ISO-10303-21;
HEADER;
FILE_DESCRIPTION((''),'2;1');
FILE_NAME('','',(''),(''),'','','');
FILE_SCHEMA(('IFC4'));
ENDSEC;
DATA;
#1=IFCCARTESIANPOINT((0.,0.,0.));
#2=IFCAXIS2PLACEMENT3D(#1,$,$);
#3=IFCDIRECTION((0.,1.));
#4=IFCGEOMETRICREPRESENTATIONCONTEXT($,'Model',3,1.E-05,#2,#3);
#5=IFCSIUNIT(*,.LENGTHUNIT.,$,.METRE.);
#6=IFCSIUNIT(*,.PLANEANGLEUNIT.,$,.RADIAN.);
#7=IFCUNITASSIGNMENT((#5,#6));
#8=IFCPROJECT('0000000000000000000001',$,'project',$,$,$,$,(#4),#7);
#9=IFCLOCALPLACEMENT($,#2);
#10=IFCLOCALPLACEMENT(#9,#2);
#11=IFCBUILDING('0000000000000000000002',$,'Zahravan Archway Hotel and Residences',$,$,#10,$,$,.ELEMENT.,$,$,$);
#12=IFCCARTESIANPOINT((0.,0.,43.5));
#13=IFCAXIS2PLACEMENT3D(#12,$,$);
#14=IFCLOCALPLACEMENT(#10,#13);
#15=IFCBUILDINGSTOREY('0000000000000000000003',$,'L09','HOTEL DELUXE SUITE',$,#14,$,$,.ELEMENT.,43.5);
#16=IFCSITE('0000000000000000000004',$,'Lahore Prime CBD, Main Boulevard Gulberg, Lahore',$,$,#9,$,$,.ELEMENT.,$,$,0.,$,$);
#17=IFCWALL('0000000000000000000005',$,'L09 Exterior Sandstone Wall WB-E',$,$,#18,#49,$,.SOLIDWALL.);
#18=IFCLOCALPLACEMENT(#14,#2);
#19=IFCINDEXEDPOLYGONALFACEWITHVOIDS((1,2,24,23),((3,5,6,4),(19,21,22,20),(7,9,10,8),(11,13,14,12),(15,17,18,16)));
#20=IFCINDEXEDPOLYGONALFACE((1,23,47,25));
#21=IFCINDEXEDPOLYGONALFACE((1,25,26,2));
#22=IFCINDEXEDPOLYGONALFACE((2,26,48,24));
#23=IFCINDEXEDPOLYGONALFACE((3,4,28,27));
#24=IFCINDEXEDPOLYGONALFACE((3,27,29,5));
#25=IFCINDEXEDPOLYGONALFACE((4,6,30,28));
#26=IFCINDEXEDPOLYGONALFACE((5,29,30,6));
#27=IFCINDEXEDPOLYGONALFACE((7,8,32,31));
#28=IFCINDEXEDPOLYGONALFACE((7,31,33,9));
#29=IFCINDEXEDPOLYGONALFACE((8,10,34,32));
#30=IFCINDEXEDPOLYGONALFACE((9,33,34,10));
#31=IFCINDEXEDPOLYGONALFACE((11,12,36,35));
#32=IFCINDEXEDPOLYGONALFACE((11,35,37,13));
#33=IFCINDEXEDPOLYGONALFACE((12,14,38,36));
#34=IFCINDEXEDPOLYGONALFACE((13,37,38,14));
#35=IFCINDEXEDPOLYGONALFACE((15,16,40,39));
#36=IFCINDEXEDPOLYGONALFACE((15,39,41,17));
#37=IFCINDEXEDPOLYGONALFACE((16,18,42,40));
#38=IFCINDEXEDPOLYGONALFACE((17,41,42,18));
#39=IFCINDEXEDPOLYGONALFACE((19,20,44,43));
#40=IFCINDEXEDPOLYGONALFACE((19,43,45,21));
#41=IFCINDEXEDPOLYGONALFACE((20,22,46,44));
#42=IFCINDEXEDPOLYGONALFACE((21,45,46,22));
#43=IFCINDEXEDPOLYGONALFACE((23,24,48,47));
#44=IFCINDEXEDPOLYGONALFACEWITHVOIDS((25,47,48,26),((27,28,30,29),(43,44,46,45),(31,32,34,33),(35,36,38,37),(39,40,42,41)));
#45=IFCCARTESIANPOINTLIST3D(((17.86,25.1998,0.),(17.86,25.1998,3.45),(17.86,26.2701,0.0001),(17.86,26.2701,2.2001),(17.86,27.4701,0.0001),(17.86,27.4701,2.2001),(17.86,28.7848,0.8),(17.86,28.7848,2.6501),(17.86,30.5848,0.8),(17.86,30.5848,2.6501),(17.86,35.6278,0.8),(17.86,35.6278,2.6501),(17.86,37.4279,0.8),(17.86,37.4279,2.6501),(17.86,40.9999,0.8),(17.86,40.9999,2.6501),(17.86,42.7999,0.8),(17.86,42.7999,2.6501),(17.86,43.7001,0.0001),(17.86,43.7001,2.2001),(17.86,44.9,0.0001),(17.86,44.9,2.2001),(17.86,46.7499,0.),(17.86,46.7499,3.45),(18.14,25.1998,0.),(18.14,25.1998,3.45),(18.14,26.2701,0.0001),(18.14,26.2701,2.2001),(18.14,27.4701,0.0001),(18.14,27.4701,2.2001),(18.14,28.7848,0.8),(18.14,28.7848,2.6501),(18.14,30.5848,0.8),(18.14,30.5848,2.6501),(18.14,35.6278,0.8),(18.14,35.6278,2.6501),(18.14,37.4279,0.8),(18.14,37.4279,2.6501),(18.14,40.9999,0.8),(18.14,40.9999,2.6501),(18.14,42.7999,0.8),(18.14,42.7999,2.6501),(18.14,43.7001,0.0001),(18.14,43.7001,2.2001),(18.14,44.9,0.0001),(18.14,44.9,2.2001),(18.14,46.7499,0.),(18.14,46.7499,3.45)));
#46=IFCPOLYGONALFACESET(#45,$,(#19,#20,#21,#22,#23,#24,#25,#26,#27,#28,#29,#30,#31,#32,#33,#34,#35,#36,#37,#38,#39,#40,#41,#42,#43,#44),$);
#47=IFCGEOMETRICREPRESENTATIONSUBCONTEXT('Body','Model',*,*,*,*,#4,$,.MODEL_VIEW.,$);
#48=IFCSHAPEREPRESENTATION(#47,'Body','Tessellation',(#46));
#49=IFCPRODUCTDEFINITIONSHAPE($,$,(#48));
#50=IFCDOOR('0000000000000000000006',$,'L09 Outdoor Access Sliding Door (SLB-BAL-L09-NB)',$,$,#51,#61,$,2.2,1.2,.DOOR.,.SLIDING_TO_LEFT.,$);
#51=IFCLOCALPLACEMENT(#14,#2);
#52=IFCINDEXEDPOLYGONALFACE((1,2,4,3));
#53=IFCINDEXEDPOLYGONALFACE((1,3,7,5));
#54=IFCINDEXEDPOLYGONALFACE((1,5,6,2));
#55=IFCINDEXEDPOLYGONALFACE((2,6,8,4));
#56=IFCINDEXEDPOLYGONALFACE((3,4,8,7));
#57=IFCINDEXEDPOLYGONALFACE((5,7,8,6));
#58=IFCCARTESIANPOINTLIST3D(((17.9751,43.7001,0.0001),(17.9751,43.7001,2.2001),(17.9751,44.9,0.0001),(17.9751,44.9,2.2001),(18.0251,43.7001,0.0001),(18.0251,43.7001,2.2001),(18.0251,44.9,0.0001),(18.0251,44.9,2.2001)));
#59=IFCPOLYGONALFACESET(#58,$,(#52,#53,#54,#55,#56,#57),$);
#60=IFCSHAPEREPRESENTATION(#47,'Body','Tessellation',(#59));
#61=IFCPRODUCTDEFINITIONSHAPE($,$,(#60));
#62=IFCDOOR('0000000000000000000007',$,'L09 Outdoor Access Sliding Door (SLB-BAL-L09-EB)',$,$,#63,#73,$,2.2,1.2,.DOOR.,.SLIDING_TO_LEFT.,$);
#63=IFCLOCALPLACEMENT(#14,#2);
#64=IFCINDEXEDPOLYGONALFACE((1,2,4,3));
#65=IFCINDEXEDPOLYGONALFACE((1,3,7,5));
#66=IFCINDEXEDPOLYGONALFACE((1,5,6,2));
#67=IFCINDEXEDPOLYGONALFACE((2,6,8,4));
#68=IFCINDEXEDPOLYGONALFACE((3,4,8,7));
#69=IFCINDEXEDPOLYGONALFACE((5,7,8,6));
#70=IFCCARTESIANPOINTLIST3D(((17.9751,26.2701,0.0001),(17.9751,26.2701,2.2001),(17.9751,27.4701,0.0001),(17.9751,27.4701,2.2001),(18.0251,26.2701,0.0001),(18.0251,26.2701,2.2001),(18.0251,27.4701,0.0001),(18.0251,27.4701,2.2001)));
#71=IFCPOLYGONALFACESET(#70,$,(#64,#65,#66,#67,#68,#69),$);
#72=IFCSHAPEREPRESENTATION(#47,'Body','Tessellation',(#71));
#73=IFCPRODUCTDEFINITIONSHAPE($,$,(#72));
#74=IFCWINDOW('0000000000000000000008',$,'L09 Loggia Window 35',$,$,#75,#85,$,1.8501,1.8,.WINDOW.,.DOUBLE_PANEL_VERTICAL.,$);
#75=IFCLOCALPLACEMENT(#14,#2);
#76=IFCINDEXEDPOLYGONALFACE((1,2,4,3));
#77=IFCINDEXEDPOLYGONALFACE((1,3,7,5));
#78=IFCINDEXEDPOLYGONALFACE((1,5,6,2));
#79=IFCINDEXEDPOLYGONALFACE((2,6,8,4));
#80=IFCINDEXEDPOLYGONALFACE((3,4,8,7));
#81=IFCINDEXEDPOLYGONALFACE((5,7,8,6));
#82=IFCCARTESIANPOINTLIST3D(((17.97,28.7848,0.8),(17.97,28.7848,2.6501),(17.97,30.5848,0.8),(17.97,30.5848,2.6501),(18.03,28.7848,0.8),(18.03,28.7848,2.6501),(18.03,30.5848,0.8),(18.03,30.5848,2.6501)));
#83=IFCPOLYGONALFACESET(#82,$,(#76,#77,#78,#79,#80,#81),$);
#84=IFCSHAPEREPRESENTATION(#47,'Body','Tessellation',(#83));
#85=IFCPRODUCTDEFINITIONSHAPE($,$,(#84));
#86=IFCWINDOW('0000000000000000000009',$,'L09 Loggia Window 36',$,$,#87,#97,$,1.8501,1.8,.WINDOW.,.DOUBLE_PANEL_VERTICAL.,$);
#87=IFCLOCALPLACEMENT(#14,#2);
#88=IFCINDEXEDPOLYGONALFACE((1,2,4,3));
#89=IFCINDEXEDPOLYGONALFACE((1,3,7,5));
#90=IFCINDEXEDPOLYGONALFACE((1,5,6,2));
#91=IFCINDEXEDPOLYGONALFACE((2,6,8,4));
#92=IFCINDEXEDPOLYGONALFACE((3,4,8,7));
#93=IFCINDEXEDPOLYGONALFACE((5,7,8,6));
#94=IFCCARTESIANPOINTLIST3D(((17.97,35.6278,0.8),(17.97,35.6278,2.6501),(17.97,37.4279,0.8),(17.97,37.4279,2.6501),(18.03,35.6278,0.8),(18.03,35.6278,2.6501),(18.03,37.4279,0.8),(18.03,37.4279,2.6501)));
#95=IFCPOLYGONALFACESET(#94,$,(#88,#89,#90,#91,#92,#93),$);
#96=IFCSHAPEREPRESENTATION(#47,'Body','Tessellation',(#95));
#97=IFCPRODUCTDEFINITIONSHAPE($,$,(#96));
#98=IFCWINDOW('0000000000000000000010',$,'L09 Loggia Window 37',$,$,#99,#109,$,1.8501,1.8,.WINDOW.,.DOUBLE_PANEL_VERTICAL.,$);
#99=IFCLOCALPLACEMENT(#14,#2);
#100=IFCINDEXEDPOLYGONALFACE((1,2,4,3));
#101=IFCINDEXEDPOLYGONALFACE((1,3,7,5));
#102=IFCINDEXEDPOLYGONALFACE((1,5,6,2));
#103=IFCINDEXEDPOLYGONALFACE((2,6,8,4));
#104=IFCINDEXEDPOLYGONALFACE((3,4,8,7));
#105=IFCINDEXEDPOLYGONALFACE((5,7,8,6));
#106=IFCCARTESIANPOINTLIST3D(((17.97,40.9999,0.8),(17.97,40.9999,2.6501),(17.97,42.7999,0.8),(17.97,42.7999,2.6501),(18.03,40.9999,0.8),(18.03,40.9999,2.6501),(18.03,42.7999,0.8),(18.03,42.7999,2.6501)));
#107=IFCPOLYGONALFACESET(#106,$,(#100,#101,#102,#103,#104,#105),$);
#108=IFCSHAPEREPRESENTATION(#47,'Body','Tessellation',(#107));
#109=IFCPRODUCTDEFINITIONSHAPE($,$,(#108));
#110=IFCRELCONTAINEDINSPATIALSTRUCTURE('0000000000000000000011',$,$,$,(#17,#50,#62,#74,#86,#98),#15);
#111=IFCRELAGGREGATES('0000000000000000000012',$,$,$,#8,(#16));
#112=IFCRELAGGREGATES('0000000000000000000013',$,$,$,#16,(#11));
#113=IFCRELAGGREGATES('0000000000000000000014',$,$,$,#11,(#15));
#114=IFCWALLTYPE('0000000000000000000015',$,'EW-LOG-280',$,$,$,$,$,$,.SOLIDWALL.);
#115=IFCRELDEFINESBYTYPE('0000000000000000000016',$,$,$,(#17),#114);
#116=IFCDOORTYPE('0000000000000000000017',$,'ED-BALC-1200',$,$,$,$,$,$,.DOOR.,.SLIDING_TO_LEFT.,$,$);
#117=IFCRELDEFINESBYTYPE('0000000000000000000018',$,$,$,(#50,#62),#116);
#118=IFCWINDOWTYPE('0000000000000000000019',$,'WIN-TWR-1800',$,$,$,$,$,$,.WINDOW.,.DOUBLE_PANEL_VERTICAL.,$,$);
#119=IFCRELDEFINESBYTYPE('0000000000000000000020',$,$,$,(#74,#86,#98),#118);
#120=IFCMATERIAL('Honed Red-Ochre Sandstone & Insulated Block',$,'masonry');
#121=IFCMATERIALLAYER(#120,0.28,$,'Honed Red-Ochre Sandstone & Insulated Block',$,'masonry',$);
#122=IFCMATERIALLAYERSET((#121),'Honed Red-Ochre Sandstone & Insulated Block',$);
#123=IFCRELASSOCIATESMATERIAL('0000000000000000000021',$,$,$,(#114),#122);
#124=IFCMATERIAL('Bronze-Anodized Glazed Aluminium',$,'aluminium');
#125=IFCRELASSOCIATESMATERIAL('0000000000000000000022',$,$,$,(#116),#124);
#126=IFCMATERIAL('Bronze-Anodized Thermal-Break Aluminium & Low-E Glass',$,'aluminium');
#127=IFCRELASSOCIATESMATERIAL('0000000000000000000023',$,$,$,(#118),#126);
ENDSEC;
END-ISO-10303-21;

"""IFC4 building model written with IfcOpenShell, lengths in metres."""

from ifc_helpers import new_model, si_unit, direction, frame, frame_2d, origin, place, context, subcontext, project, spatial, rectangle, extrude, source, transform, mapped, material, layer, layer_set, type_object, type_shapes, element, fill, save


model = new_model("IFC4")

# Units and contexts
model_context = context("Model", 3, precision=1e-05, world=origin(), true_north=direction((0.0, 1.0)))
body_context = subcontext(model_context, "Body", "Model", "MODEL_VIEW")
ifc_project = project(units=[si_unit("LENGTHUNIT", "METRE"), si_unit("PLANEANGLEUNIT", "RADIAN")], contexts=[model_context])

# Site, building, storey
site_placement = place(None, origin())
site = spatial("IfcSite", under=ifc_project, at=site_placement, Name="Lahore Prime CBD, Main Boulevard Gulberg, Lahore", CompositionType="ELEMENT", RefElevation=0.0)
building_placement = place(site_placement, origin())
building = spatial("IfcBuilding", under=site, at=building_placement, Name="Zahravan Archway Hotel and Residences", CompositionType="ELEMENT")
storey_placement = place(building_placement, frame((0.0, 0.0, 43.5)))
storey = spatial("IfcBuildingStorey", under=building, at=storey_placement, Name="L09", Description="HOTEL DELUXE SUITE", CompositionType="ELEMENT", Elevation=43.5)

# Wall, openings, doors, windows
ifc_material_1 = material(Name="Honed Red-Ochre Sandstone & Insulated Block", Category="masonry")
ifc_layer_1 = layer(ifc_material_1, 0.28, Name="Honed Red-Ochre Sandstone & Insulated Block", Category="masonry")
ifc_layer_set_1 = layer_set([ifc_layer_1], Name="Honed Red-Ochre Sandstone & Insulated Block")
wall_type_1 = type_object("IfcWallType", Name="EW-LOG-280", PredefinedType="SOLIDWALL", material=ifc_layer_set_1)
wall_1_placement = place(storey_placement, frame((18.0, 25.2, 0.0), z_axis=(0.0, 0.0, 1.0), x_axis=(0.0, 1.0, 0.0)))
wall_1 = element("IfcWall", 1, at=wall_1_placement, inside=storey, type_object=wall_type_1, Name="L09 Exterior Sandstone Wall WB-E", PredefinedType="SOLIDWALL", context=body_context, shape_type="SweptSolid", body=[
    extrude(rectangle(XDim=21.55, YDim=0.28, at=frame_2d((10.7749, 0.0))), origin(), (0.0, 0.0, 1.0), 3.45),
])
opening_1_placement = place(wall_1_placement, frame((18.5, 0.0, 0.0)))
opening_1 = element("IfcOpeningElement", 2, at=opening_1_placement, cuts=wall_1, PredefinedType="OPENING", context=body_context, shape_type="SweptSolid", body=[
    extrude(rectangle(XDim=1.2, YDim=2.2, at=frame_2d((0.6001, 1.1001))), frame((0.0, 0.1499, 0.0), z_axis=(0.0, -1.0, 0.0), x_axis=(1.0, 0.0, 0.0)), (0.0, 0.0, 1.0), 0.3),
])
opening_2_placement = place(wall_1_placement, frame((1.0701, 0.0, 0.0)))
opening_2 = element("IfcOpeningElement", 3, at=opening_2_placement, cuts=wall_1, PredefinedType="OPENING", context=body_context, shape_type="SweptSolid", body=[
    extrude(rectangle(XDim=1.2, YDim=2.2, at=frame_2d((0.6001, 1.1001))), frame((0.0, 0.1499, 0.0), z_axis=(0.0, -1.0, 0.0), x_axis=(1.0, 0.0, 0.0)), (0.0, 0.0, 1.0), 0.3),
])
opening_3_placement = place(wall_1_placement, frame((3.585, 0.0, 0.8)))
opening_3 = element("IfcOpeningElement", 4, at=opening_3_placement, cuts=wall_1, PredefinedType="OPENING", context=body_context, shape_type="SweptSolid", body=[
    extrude(rectangle(XDim=1.8, YDim=1.8501, at=frame_2d((0.8999, 0.925))), frame((0.0, 0.1499, 0.0), z_axis=(0.0, -1.0, 0.0), x_axis=(1.0, 0.0, 0.0)), (0.0, 0.0, 1.0), 0.3),
])
opening_4_placement = place(wall_1_placement, frame((10.428, 0.0, 0.8)))
opening_4 = element("IfcOpeningElement", 5, at=opening_4_placement, cuts=wall_1, PredefinedType="OPENING", context=body_context, shape_type="SweptSolid", body=[
    extrude(rectangle(XDim=1.8, YDim=1.8501, at=frame_2d((0.8999, 0.925))), frame((0.0, 0.1499, 0.0), z_axis=(0.0, -1.0, 0.0), x_axis=(1.0, 0.0, 0.0)), (0.0, 0.0, 1.0), 0.3),
])
opening_5_placement = place(wall_1_placement, frame((15.8, 0.0, 0.8)))
opening_5 = element("IfcOpeningElement", 6, at=opening_5_placement, cuts=wall_1, PredefinedType="OPENING", context=body_context, shape_type="SweptSolid", body=[
    extrude(rectangle(XDim=1.8, YDim=1.8501, at=frame_2d((0.8999, 0.925))), frame((0.0, 0.1499, 0.0), z_axis=(0.0, -1.0, 0.0), x_axis=(1.0, 0.0, 0.0)), (0.0, 0.0, 1.0), 0.3),
])
ifc_material_2 = material(Name="Bronze-Anodized Glazed Aluminium", Category="aluminium")
door_type_1 = type_object("IfcDoorType", Name="ED-BALC-1200", OperationType="SLIDING_TO_LEFT", PredefinedType="DOOR", material=ifc_material_2)
shared_shape_1 = source(origin(), body_context, "Body", "SweptSolid", [
    extrude(rectangle(XDim=1.2, YDim=2.2, at=frame_2d((0.6001, 1.1001))), frame((0.0, 0.0249, 0.0), z_axis=(0.0, -1.0, 0.0), x_axis=(1.0, 0.0, 0.0)), (0.0, 0.0, 1.0), 0.05),
])
type_shapes(door_type_1, [shared_shape_1])
door_1_placement = place(opening_1_placement, origin())
door_1 = element("IfcDoor", 7, at=door_1_placement, inside=storey, type_object=door_type_1, Name="L09 Outdoor Access Sliding Door (SLB-BAL-L09-NB)", OperationType="SLIDING_TO_LEFT", OverallHeight=2.2, OverallWidth=1.2, PredefinedType="DOOR", context=body_context, shape_type="MappedRepresentation", body=[
    mapped(shared_shape_1, transform((0.0, 0.0, 0.0), scale=1.0)),
])
fill(opening_1, door_1)
door_2_placement = place(opening_2_placement, origin())
door_2 = element("IfcDoor", 8, at=door_2_placement, inside=storey, type_object=door_type_1, Name="L09 Outdoor Access Sliding Door (SLB-BAL-L09-EB)", OperationType="SLIDING_TO_LEFT", OverallHeight=2.2, OverallWidth=1.2, PredefinedType="DOOR", context=body_context, shape_type="MappedRepresentation", body=[
    mapped(shared_shape_1, transform((0.0, 0.0, 0.0), scale=1.0)),
])
fill(opening_2, door_2)
ifc_material_3 = material(Name="Bronze-Anodized Thermal-Break Aluminium & Low-E Glass", Category="aluminium")
window_type = type_object("IfcWindowType", Name="WIN-TWR-1800", PartitioningType="DOUBLE_PANEL_VERTICAL", PredefinedType="WINDOW", material=ifc_material_3)
shared_shape_2 = source(origin(), body_context, "Body", "SweptSolid", [
    extrude(rectangle(XDim=1.8, YDim=1.8501, at=frame_2d((0.8999, 0.925))), frame((0.0, 0.03, 0.0), z_axis=(0.0, -1.0, 0.0), x_axis=(1.0, 0.0, 0.0)), (0.0, 0.0, 1.0), 0.0601),
])
type_shapes(window_type, [shared_shape_2])
window_1_placement = place(opening_3_placement, origin())
window_1 = element("IfcWindow", 9, at=window_1_placement, inside=storey, type_object=window_type, Name="L09 Loggia Window 35", OverallHeight=1.8501, OverallWidth=1.8, PartitioningType="DOUBLE_PANEL_VERTICAL", PredefinedType="WINDOW", context=body_context, shape_type="MappedRepresentation", body=[
    mapped(shared_shape_2, transform((0.0, 0.0, 0.0), scale=1.0)),
])
fill(opening_3, window_1)
window_2_placement = place(opening_4_placement, origin())
window_2 = element("IfcWindow", 10, at=window_2_placement, inside=storey, type_object=window_type, Name="L09 Loggia Window 36", OverallHeight=1.8501, OverallWidth=1.8, PartitioningType="DOUBLE_PANEL_VERTICAL", PredefinedType="WINDOW", context=body_context, shape_type="MappedRepresentation", body=[
    mapped(shared_shape_2, transform((0.0, 0.0, 0.0), scale=1.0)),
])
fill(opening_4, window_2)
window_3_placement = place(opening_5_placement, origin())
window_3 = element("IfcWindow", 11, at=window_3_placement, inside=storey, type_object=window_type, Name="L09 Loggia Window 37", OverallHeight=1.8501, OverallWidth=1.8, PartitioningType="DOUBLE_PANEL_VERTICAL", PredefinedType="WINDOW", context=body_context, shape_type="MappedRepresentation", body=[
    mapped(shared_shape_2, transform((0.0, 0.0, 0.0), scale=1.0)),
])
fill(opening_5, window_3)

save(model, "model.ifc")
